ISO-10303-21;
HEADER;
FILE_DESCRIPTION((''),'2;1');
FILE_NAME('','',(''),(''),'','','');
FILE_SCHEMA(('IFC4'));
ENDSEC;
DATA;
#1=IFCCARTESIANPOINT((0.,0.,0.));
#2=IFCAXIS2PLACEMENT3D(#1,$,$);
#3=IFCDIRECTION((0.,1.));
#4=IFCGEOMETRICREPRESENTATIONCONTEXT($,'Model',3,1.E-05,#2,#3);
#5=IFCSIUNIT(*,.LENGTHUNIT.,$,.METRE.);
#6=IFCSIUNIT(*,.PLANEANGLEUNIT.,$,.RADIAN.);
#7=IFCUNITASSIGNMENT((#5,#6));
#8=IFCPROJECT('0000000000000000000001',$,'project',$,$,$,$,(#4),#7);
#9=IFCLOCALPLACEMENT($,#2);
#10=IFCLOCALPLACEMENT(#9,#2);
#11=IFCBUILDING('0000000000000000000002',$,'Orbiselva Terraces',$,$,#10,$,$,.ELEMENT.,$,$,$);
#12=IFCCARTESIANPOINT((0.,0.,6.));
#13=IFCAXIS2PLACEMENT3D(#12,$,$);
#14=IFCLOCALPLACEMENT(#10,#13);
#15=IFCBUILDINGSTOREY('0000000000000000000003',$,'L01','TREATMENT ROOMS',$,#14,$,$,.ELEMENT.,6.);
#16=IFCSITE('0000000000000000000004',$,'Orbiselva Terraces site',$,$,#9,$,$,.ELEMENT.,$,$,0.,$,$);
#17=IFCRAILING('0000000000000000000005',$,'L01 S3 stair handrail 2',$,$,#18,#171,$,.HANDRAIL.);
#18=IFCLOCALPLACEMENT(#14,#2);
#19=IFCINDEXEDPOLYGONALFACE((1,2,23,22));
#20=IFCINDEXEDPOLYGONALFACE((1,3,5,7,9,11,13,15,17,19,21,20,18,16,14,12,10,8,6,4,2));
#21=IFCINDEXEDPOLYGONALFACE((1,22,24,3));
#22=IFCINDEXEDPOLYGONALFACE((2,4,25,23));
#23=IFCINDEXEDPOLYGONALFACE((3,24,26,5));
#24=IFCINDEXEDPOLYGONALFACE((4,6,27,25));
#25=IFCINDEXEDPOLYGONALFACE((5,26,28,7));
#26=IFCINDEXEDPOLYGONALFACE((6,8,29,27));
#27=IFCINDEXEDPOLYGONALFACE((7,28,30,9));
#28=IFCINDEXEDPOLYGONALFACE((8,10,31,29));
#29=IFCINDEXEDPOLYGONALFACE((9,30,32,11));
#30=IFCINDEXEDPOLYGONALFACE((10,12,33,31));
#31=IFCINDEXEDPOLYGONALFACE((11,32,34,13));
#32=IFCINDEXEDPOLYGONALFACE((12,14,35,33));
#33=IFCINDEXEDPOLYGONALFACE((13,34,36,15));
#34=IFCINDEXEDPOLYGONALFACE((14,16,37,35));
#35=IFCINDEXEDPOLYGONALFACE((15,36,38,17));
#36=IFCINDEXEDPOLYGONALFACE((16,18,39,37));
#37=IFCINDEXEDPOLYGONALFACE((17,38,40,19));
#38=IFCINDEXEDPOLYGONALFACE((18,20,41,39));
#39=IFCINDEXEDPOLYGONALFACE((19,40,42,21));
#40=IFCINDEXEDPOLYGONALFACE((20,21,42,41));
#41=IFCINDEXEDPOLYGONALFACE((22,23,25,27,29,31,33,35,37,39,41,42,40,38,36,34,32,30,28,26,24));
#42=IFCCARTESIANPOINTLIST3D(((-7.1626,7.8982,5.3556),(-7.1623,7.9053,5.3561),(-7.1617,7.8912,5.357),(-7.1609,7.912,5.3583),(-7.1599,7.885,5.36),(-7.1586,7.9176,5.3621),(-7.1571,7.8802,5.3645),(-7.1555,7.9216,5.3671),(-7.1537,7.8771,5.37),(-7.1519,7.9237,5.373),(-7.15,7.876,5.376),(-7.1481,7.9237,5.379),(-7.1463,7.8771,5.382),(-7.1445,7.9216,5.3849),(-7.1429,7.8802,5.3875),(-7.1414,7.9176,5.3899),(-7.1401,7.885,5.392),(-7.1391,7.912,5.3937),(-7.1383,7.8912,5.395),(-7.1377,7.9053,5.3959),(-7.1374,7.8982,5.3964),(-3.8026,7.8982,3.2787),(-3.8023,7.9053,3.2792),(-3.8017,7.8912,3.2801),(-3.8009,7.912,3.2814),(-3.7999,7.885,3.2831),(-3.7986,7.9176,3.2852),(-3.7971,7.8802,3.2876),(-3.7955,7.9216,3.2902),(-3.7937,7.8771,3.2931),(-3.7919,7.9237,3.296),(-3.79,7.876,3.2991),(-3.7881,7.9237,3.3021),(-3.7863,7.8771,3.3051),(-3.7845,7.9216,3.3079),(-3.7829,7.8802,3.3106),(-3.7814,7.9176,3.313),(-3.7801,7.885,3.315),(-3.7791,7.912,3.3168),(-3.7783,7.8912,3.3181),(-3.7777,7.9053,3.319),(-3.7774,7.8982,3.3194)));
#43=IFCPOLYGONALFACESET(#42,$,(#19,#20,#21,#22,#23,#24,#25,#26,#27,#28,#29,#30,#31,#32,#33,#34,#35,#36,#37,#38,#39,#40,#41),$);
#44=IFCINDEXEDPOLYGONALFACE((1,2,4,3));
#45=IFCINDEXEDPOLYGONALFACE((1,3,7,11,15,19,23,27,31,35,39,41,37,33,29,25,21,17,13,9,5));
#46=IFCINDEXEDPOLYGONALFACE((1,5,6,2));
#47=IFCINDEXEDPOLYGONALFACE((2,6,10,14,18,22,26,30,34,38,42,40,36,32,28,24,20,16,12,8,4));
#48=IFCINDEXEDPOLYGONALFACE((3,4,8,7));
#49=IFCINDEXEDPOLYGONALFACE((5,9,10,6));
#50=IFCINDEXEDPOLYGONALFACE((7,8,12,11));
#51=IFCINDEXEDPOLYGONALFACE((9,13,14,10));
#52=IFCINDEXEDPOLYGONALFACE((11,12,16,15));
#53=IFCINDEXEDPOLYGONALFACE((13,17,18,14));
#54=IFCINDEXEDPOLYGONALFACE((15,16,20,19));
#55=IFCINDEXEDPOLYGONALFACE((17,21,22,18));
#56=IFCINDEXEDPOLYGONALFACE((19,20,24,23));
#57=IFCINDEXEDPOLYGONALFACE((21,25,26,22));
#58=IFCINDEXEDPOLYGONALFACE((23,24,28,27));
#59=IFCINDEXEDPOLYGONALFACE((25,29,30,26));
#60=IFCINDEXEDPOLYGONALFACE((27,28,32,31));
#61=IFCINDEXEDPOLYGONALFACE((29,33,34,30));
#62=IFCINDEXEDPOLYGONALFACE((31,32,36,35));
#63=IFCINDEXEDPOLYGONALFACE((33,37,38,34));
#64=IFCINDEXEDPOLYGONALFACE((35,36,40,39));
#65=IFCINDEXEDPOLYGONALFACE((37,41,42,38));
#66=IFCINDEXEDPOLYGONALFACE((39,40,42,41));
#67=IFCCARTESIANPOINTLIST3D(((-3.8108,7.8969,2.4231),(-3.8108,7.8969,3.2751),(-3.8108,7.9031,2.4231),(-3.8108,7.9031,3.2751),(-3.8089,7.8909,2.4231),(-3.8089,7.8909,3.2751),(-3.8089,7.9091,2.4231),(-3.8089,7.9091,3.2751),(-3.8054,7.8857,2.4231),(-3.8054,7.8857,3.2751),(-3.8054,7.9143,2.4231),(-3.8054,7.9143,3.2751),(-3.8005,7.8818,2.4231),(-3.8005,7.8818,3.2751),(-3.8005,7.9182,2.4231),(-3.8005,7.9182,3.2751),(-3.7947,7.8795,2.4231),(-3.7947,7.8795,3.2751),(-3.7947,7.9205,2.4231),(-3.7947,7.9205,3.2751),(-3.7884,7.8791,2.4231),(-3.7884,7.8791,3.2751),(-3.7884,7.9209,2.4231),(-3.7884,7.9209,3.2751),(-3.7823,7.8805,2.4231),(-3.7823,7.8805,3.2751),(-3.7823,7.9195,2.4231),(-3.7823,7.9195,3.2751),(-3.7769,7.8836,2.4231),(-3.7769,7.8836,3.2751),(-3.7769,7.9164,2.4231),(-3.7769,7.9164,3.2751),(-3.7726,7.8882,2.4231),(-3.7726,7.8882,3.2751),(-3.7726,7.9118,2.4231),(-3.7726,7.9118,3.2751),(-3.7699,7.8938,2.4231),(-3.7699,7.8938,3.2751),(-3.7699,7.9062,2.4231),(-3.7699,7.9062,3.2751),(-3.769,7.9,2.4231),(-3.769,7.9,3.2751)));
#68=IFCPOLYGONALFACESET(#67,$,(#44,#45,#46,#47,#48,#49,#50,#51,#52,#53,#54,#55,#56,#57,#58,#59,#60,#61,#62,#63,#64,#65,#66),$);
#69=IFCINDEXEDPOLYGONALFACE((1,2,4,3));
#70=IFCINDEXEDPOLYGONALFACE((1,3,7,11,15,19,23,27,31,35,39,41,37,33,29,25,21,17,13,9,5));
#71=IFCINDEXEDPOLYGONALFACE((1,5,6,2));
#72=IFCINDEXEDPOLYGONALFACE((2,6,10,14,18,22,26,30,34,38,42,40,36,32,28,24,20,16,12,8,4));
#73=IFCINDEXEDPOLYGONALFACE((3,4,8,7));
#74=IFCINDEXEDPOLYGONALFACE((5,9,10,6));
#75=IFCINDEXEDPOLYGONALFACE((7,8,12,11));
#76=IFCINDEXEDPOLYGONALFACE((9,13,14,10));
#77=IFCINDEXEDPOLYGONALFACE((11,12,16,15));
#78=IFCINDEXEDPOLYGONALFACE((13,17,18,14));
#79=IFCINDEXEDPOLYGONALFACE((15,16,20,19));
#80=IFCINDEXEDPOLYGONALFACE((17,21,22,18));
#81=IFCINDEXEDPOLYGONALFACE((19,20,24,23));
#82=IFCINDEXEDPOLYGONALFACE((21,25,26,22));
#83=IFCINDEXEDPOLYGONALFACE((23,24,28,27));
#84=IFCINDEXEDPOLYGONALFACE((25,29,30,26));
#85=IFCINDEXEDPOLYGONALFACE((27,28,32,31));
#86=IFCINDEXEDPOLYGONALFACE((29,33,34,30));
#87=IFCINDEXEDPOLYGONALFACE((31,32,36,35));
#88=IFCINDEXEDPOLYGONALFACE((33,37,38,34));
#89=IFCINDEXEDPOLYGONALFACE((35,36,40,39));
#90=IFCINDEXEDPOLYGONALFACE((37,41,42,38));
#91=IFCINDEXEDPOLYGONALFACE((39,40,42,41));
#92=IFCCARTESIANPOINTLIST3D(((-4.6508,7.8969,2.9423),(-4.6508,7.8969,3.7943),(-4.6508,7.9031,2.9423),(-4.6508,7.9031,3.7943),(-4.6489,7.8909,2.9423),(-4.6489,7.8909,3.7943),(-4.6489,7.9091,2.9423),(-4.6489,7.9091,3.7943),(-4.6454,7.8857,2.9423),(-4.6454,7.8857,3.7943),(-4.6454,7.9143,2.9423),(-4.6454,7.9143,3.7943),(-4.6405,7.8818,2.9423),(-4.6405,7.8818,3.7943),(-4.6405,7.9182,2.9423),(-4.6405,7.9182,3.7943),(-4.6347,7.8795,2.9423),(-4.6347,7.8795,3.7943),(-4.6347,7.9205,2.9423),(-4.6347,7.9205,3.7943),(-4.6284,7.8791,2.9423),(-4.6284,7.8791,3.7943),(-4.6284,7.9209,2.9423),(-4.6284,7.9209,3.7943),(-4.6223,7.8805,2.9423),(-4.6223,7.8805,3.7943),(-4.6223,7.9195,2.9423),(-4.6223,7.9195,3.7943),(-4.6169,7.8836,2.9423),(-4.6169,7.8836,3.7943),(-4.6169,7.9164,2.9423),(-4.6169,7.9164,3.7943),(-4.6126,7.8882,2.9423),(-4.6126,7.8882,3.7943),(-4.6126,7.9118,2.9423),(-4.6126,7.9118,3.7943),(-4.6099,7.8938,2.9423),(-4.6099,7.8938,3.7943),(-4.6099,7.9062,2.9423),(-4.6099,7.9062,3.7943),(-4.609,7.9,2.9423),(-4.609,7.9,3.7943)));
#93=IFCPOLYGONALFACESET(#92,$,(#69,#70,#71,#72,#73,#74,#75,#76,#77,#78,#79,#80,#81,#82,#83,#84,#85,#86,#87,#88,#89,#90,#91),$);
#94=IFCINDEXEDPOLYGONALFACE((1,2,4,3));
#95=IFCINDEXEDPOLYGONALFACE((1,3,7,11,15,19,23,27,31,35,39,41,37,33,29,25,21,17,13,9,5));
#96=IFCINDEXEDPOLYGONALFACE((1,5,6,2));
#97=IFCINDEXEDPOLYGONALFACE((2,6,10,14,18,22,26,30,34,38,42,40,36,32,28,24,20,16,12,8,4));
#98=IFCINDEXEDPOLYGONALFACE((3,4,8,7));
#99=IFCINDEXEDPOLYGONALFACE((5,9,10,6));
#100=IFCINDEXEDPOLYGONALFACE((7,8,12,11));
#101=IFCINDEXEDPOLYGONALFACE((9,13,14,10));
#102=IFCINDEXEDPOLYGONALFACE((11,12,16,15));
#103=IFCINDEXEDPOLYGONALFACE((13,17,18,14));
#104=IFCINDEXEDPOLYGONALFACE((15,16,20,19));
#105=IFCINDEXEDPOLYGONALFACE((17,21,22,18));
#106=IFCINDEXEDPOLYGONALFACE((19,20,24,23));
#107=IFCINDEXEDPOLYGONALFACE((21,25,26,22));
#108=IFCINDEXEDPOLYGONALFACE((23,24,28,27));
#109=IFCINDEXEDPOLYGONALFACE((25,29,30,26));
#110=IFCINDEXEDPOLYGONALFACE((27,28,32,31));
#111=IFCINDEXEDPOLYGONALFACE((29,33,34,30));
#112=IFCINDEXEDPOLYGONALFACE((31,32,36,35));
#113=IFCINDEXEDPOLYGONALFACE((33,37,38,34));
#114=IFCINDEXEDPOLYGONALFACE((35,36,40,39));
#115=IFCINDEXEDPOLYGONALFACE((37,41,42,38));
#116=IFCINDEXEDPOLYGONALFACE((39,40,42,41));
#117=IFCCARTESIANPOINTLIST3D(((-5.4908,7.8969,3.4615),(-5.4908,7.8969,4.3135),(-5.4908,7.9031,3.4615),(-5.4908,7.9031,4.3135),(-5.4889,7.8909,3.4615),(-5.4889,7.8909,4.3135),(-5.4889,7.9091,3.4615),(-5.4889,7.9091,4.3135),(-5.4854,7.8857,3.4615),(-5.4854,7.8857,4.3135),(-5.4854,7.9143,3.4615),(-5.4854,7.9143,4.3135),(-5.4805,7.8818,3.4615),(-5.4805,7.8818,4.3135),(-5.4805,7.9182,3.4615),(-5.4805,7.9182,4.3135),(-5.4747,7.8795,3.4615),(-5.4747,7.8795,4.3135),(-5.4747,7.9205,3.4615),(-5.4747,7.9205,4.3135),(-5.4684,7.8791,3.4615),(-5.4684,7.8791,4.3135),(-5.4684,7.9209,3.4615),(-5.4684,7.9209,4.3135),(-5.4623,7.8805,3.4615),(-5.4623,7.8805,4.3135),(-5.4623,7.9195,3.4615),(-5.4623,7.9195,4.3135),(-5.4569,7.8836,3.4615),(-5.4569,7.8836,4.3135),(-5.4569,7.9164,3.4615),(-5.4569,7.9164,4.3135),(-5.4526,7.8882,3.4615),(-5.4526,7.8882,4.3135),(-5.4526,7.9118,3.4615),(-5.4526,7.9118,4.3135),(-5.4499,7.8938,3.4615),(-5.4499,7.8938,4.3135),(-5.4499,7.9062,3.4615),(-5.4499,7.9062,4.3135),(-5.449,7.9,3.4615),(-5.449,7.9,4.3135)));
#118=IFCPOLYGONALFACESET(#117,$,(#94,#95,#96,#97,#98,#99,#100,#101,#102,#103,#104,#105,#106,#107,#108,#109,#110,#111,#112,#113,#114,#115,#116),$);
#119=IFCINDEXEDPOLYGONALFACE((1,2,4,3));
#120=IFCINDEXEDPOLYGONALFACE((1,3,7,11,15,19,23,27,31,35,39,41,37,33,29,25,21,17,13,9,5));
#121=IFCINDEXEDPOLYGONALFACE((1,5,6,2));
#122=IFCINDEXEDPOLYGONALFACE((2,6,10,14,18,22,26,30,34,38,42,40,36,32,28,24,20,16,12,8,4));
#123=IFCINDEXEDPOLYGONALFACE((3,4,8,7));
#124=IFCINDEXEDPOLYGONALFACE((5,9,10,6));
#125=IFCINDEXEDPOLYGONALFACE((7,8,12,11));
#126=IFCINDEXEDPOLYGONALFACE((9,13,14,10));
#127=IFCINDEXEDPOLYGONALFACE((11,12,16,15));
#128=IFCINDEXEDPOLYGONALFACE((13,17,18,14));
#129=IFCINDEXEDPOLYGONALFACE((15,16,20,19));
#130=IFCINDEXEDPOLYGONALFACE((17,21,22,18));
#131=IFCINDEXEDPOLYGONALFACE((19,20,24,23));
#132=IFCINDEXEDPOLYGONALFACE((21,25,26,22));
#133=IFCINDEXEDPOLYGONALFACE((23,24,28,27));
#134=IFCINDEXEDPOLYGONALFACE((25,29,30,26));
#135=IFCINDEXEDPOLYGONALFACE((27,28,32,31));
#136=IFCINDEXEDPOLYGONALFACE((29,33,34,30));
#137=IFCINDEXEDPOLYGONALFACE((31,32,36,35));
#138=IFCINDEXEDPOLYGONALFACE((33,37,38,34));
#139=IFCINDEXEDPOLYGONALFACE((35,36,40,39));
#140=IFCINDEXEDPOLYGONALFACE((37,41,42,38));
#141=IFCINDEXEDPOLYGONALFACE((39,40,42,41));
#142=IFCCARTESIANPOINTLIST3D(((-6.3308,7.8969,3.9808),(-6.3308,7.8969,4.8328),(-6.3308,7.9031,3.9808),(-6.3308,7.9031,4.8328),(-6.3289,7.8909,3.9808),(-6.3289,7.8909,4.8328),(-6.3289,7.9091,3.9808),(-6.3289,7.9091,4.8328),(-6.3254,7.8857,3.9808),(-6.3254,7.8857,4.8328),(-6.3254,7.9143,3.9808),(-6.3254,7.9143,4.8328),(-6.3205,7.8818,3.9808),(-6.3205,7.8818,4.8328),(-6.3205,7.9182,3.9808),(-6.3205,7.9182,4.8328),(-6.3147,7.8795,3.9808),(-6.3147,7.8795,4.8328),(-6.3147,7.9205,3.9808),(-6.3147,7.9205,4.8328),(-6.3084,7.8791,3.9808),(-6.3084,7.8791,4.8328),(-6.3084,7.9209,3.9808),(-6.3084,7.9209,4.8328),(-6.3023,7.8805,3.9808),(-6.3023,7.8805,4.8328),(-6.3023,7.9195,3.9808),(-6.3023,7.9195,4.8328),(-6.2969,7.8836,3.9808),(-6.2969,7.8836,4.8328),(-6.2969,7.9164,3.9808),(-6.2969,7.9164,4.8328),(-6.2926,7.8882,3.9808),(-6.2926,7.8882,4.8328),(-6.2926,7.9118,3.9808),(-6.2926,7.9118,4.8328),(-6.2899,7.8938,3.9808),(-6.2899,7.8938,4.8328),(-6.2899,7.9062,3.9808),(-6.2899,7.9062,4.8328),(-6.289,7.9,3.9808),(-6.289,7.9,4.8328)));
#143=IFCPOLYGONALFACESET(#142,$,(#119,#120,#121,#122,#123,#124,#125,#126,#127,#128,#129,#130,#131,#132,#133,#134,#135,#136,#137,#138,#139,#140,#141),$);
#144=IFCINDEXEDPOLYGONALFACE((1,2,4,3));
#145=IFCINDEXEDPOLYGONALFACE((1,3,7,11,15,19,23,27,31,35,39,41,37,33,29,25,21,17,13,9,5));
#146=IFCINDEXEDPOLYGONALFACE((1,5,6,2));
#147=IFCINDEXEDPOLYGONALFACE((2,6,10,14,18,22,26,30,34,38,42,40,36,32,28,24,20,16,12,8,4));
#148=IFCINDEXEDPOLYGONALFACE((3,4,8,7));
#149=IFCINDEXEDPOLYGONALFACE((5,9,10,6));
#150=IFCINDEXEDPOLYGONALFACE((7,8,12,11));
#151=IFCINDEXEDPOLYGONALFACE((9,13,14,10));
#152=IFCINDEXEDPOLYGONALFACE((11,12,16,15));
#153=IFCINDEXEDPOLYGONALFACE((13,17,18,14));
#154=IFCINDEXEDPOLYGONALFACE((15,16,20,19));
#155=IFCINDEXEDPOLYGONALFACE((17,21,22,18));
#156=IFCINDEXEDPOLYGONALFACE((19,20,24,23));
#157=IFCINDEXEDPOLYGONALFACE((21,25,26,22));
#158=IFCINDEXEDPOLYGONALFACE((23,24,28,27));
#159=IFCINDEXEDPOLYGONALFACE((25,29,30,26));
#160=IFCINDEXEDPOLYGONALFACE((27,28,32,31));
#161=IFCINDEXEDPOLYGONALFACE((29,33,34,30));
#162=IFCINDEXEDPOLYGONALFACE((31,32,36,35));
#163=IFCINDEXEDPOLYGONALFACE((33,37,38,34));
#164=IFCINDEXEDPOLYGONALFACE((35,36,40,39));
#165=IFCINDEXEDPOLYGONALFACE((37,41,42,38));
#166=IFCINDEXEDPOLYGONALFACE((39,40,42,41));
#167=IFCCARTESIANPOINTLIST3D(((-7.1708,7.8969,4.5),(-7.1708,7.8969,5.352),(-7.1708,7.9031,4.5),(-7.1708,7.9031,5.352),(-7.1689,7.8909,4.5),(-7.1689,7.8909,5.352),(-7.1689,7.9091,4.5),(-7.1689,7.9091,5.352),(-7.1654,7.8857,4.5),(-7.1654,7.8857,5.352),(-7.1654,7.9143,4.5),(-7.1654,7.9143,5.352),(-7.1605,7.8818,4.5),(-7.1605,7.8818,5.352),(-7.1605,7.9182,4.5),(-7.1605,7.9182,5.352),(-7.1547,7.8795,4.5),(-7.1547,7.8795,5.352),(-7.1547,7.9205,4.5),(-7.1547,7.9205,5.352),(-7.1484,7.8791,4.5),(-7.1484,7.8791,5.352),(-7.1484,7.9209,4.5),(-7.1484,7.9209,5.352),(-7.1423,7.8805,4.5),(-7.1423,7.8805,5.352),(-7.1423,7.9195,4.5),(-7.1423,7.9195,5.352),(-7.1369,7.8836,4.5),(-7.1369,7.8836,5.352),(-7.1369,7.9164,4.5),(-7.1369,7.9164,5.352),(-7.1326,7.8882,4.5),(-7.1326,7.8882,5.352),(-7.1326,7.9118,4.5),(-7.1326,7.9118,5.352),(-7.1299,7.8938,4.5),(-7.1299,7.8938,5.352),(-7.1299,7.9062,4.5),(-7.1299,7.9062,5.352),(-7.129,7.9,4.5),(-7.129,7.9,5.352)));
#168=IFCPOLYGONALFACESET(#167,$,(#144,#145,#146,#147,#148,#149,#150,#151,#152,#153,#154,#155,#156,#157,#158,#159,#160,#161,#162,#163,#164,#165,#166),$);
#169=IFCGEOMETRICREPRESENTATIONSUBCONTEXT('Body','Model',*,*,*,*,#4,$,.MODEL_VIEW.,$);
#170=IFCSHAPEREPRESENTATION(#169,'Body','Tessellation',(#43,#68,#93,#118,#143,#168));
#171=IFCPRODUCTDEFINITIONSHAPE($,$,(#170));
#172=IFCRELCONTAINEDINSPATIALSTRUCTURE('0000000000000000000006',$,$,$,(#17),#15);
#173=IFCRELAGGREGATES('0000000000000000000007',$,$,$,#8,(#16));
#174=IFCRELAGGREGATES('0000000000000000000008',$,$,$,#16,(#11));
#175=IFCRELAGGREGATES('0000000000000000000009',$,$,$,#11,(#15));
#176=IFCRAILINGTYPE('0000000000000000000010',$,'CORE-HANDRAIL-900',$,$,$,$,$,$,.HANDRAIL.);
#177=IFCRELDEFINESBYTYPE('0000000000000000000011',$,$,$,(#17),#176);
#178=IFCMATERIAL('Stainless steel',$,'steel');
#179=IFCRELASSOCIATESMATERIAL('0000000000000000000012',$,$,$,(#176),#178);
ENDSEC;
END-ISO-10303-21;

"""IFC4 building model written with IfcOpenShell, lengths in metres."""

from ifc_helpers import new_model, si_unit, direction, frame, origin, origin_2d, place, context, subcontext, project, spatial, circle, extrude, material, type_object, element, save


model = new_model("IFC4")

# Units and contexts
model_context = context("Model", 3, precision=1e-05, world=origin(), true_north=direction((0.0, 1.0)))
body_context = subcontext(model_context, "Body", "Model", "MODEL_VIEW")
ifc_project = project(units=[si_unit("LENGTHUNIT", "METRE"), si_unit("PLANEANGLEUNIT", "RADIAN")], contexts=[model_context])

# Site, building, storey
site_placement = place(None, origin())
site = spatial("IfcSite", under=ifc_project, at=site_placement, Name="Orbiselva Terraces site", CompositionType="ELEMENT", RefElevation=0.0)
building_placement = place(site_placement, origin())
building = spatial("IfcBuilding", under=site, at=building_placement, Name="Orbiselva Terraces", CompositionType="ELEMENT")
storey_placement = place(building_placement, frame((0.0, 0.0, 6.0)))
storey = spatial("IfcBuildingStorey", under=building, at=storey_placement, Name="L01", Description="TREATMENT ROOMS", CompositionType="ELEMENT", Elevation=6.0)

# Railing
ifc_material_1 = material(Name="Stainless steel", Category="steel")
railing_type_1 = type_object("IfcRailingType", Name="CORE-HANDRAIL-900", PredefinedType="HANDRAIL", material=ifc_material_1)
railing_1_placement = place(storey_placement, frame((-3.79, 7.9, 2.4231)))
element("IfcRailing", 1, at=railing_1_placement, inside=storey, type_object=railing_type_1, Name="L01 S3 stair handrail 2", PredefinedType="HANDRAIL", context=body_context, shape_type="SweptSolid", body=[
    extrude(circle(Radius=0.024, at=origin_2d()), frame((0.0, 0.0, 0.876), z_axis=(-0.850614, 0.0, 0.525791), x_axis=(0.0, -1.0, 0.0)), (0.0, 0.0, 1.0), 3.9501),
    extrude(circle(Radius=0.021, at=origin_2d()), origin(), (0.0, 0.0, 1.0), 0.852),
    extrude(circle(Radius=0.021, at=origin_2d()), frame((-0.84, 0.0, 0.5192)), (0.0, 0.0, 1.0), 0.852),
    extrude(circle(Radius=0.021, at=origin_2d()), frame((-1.68, 0.0, 1.0385)), (0.0, 0.0, 1.0), 0.852),
    extrude(circle(Radius=0.021, at=origin_2d()), frame((-2.52, 0.0, 1.5577)), (0.0, 0.0, 1.0), 0.852),
    extrude(circle(Radius=0.021, at=origin_2d()), frame((-3.36, 0.0, 2.0769)), (0.0, 0.0, 1.0), 0.852),
])

save(model, "model.ifc")
